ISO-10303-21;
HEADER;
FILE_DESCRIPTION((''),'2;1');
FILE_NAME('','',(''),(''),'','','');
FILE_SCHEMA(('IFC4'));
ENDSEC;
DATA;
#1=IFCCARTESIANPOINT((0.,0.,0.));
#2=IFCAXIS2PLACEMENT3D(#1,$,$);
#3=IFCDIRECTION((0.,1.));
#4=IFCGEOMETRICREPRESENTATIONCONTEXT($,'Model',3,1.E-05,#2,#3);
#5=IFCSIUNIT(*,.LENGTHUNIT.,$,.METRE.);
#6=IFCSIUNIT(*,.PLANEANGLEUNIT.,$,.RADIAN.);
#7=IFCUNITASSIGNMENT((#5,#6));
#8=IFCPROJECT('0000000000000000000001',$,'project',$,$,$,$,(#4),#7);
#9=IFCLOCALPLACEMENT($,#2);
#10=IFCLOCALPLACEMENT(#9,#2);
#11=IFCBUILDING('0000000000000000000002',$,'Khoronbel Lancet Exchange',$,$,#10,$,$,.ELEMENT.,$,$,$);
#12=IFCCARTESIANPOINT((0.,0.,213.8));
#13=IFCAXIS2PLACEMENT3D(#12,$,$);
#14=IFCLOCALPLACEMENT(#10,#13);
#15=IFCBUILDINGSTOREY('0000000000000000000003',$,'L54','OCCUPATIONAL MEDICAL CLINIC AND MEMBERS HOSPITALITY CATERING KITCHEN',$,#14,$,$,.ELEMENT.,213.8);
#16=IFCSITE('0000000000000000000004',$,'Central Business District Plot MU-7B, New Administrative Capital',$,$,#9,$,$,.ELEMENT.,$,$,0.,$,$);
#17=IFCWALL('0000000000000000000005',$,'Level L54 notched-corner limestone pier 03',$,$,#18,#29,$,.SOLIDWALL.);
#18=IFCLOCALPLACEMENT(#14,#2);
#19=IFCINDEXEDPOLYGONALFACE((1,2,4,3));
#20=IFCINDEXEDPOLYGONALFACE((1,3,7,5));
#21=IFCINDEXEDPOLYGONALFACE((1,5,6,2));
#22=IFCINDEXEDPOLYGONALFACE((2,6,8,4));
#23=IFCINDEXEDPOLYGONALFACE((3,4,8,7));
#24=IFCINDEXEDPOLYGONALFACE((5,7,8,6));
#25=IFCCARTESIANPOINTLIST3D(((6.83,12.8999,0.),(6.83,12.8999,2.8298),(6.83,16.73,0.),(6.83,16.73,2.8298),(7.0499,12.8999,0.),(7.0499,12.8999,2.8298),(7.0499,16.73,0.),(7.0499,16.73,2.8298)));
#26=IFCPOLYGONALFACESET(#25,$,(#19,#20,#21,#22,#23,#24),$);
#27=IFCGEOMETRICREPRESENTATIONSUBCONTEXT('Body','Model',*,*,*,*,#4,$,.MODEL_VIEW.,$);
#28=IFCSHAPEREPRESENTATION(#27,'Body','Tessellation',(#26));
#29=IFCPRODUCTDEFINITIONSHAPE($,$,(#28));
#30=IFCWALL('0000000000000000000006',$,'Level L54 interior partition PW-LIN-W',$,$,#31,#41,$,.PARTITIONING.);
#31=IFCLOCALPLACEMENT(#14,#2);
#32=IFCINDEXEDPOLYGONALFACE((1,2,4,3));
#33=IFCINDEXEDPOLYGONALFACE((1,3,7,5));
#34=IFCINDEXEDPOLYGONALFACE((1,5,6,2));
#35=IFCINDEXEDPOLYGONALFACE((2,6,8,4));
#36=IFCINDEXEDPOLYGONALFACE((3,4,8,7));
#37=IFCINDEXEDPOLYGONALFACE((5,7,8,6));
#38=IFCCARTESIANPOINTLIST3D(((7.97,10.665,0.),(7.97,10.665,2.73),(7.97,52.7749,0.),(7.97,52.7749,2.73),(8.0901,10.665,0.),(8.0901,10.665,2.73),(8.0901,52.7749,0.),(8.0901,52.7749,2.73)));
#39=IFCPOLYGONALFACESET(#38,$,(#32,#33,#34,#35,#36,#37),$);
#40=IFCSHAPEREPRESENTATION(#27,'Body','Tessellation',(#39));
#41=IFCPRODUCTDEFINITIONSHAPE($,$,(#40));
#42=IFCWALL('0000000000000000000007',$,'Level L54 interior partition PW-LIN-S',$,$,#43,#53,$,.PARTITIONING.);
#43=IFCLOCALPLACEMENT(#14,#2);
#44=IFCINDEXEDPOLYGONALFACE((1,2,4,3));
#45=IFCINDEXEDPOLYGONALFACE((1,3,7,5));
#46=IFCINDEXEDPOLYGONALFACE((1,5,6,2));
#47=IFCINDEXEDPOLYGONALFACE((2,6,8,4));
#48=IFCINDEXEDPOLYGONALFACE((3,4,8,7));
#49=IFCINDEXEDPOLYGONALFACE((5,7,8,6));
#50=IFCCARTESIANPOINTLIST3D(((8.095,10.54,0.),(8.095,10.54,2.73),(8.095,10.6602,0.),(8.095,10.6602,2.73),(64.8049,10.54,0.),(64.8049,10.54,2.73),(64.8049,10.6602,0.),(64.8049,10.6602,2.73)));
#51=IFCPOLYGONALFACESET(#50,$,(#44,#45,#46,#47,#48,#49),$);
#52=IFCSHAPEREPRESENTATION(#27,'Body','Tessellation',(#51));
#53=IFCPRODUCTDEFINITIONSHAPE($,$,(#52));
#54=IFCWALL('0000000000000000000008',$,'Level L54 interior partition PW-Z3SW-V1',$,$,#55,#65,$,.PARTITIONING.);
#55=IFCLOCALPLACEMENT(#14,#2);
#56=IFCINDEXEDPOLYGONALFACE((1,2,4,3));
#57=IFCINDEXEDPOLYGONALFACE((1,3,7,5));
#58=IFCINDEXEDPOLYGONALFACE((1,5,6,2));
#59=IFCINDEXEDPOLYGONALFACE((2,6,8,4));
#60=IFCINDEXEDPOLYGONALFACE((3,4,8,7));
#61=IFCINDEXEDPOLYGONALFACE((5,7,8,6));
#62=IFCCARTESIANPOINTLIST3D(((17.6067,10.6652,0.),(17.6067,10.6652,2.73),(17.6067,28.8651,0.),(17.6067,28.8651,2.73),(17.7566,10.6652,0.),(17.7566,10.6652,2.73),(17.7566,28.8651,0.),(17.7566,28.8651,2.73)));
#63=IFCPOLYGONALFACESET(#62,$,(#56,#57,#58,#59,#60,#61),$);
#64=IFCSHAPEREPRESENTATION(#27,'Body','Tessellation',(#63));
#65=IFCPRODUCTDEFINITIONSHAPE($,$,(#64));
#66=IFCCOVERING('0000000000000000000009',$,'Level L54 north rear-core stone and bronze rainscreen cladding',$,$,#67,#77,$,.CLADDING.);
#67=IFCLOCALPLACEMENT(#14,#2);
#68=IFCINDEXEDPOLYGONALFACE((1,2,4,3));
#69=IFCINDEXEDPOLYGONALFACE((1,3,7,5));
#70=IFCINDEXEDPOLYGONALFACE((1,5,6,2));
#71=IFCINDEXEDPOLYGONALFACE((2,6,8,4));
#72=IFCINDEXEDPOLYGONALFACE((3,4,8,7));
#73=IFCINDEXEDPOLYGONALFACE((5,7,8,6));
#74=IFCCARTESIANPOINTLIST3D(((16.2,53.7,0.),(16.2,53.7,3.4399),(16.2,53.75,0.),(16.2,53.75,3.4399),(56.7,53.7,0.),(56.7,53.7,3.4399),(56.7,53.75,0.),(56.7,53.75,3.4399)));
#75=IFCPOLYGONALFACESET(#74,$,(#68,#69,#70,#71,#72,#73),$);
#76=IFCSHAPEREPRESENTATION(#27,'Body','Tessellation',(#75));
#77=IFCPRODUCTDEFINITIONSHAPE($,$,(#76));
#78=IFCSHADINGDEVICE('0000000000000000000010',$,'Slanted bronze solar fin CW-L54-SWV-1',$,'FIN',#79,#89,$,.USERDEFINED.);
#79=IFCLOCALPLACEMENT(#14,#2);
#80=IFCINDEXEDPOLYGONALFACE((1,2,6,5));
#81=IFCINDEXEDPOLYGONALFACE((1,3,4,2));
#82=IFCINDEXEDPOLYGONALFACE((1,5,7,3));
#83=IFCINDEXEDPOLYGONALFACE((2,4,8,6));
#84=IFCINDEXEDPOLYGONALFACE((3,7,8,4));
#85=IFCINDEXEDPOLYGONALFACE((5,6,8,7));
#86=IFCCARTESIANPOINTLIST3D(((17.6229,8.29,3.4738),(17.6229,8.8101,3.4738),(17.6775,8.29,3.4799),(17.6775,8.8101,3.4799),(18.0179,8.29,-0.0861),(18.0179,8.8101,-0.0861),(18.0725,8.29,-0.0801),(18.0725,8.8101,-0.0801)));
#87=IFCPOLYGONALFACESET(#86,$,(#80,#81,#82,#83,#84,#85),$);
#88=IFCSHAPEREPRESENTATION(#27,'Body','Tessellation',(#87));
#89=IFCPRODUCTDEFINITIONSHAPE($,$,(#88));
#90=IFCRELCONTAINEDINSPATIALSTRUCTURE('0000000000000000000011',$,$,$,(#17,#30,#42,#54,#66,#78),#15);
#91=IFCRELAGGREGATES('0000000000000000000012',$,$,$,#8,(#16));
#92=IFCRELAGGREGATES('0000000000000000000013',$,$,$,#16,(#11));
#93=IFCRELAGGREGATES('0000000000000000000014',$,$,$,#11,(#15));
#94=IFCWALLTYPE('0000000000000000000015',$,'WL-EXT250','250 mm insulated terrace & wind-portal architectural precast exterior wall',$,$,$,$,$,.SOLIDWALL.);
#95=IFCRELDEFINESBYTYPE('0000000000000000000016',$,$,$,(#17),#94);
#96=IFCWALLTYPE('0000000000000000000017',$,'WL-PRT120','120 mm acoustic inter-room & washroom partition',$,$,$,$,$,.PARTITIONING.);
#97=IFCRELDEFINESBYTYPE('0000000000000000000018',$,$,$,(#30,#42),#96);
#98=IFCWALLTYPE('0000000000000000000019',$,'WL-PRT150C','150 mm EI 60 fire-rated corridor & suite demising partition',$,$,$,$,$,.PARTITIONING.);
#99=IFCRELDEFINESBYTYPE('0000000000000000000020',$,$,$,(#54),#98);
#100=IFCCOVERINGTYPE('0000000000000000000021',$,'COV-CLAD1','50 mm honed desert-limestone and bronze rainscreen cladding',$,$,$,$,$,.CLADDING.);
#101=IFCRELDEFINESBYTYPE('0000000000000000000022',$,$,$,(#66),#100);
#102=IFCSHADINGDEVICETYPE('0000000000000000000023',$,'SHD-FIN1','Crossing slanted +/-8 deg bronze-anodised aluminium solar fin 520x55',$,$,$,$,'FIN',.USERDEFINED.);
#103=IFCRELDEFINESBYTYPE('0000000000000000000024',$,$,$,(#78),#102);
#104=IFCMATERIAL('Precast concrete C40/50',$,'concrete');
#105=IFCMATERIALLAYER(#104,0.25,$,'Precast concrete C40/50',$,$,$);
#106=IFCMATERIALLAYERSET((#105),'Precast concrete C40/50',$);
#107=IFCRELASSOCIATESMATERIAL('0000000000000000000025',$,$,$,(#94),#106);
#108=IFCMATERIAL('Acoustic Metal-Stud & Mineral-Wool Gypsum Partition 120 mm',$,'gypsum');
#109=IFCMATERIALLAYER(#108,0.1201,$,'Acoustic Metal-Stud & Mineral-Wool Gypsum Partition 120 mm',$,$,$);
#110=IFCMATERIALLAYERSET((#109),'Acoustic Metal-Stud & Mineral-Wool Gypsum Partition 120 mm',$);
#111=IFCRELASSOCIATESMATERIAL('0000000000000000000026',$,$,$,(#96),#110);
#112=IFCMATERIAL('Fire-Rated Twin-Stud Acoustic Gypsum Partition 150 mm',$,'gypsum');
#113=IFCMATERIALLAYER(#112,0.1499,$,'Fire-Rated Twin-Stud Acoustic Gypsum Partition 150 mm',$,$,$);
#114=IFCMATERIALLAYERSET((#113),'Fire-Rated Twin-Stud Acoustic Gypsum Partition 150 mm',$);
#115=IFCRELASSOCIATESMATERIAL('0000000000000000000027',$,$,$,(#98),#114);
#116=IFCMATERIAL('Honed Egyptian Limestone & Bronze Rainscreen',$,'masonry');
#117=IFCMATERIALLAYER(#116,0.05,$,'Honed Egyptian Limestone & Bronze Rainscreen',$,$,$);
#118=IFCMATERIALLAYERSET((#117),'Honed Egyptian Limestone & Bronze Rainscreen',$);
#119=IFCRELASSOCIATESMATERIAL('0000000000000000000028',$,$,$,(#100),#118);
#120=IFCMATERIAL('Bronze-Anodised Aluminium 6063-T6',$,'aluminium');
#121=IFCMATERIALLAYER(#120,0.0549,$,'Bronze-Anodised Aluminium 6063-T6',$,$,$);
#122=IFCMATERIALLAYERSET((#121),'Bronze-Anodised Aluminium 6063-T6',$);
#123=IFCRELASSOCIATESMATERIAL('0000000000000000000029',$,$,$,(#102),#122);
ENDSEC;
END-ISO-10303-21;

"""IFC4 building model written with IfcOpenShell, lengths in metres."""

from ifc_helpers import new_model, si_unit, direction, frame, frame_2d, origin, place, context, subcontext, project, spatial, polyline, rectangle, outline, extrude, material, layer, layer_set, type_object, element, save


model = new_model("IFC4")

# Units and contexts
model_context = context("Model", 3, precision=1e-05, world=origin(), true_north=direction((0.0, 1.0)))
body_context = subcontext(model_context, "Body", "Model", "MODEL_VIEW")
ifc_project = project(units=[si_unit("LENGTHUNIT", "METRE"), si_unit("PLANEANGLEUNIT", "RADIAN")], contexts=[model_context])

# Site, building, storey
site_placement = place(None, origin())
site = spatial("IfcSite", under=ifc_project, at=site_placement, Name="Central Business District Plot MU-7B, New Administrative Capital", CompositionType="ELEMENT", RefElevation=0.0)
building_placement = place(site_placement, origin())
building = spatial("IfcBuilding", under=site, at=building_placement, Name="Khoronbel Lancet Exchange", CompositionType="ELEMENT")
storey_placement = place(building_placement, frame((0.0, 0.0, 213.8)))
storey = spatial("IfcBuildingStorey", under=building, at=storey_placement, Name="L54", Description="OCCUPATIONAL MEDICAL CLINIC AND MEMBERS HOSPITALITY CATERING KITCHEN", CompositionType="ELEMENT", Elevation=213.8)

# Shared definitions
ifc_material_1 = material(Name="Bronze-Anodised Aluminium 6063-T6", Category="aluminium")

# Walls
ifc_material_2 = material(Name="Precast concrete C40/50", Category="concrete")
ifc_layer_1 = layer(ifc_material_2, 0.25, Name="Precast concrete C40/50")
ifc_layer_set_1 = layer_set([ifc_layer_1], Name="Precast concrete C40/50")
wall_type_1 = type_object("IfcWallType", Name="WL-EXT250", Description="250 mm insulated terrace & wind-portal architectural precast exterior wall", PredefinedType="SOLIDWALL", material=ifc_layer_set_1)
wall_1_placement = place(storey_placement, frame((6.9399, 12.8999, 0.0), z_axis=(0.0, 0.0, 1.0), x_axis=(0.0, 1.0, 0.0)))
element("IfcWall", 1, at=wall_1_placement, inside=storey, type_object=wall_type_1, Name="Level L54 notched-corner limestone pier 03", PredefinedType="SOLIDWALL", context=body_context, shape_type="SweptSolid", body=[
    extrude(rectangle(XDim=3.8301, YDim=0.22, at=frame_2d((1.915, 0.0))), origin(), (0.0, 0.0, 1.0), 2.8298),
])
ifc_material_3 = material(Name="Acoustic Metal-Stud & Mineral-Wool Gypsum Partition 120 mm", Category="gypsum")
ifc_layer_2 = layer(ifc_material_3, 0.1201, Name="Acoustic Metal-Stud & Mineral-Wool Gypsum Partition 120 mm")
ifc_layer_set_2 = layer_set([ifc_layer_2], Name="Acoustic Metal-Stud & Mineral-Wool Gypsum Partition 120 mm")
wall_type_2 = type_object("IfcWallType", Name="WL-PRT120", Description="120 mm acoustic inter-room & washroom partition", PredefinedType="PARTITIONING", material=ifc_layer_set_2)
wall_2_placement = place(storey_placement, frame((8.03, 10.665, 0.0), z_axis=(0.0, 0.0, 1.0), x_axis=(0.0, 1.0, 0.0)))
element("IfcWall", 2, at=wall_2_placement, inside=storey, type_object=wall_type_2, Name="Level L54 interior partition PW-LIN-W", PredefinedType="PARTITIONING", context=body_context, shape_type="SweptSolid", body=[
    extrude(rectangle(XDim=42.1099, YDim=0.1201, at=frame_2d((21.0549, 0.0))), origin(), (0.0, 0.0, 1.0), 2.73),
])
wall_3_placement = place(storey_placement, frame((8.095, 10.6001, 0.0), z_axis=(0.0, 0.0, 1.0), x_axis=(1.0, 0.0, 0.0)))
element("IfcWall", 3, at=wall_3_placement, inside=storey, type_object=wall_type_2, Name="Level L54 interior partition PW-LIN-S", PredefinedType="PARTITIONING", context=body_context, shape_type="SweptSolid", body=[
    extrude(rectangle(XDim=56.71, YDim=0.1201, at=frame_2d((28.355, 0.0))), origin(), (0.0, 0.0, 1.0), 2.73),
])
ifc_material_4 = material(Name="Fire-Rated Twin-Stud Acoustic Gypsum Partition 150 mm", Category="gypsum")
ifc_layer_3 = layer(ifc_material_4, 0.1499, Name="Fire-Rated Twin-Stud Acoustic Gypsum Partition 150 mm")
ifc_layer_set_3 = layer_set([ifc_layer_3], Name="Fire-Rated Twin-Stud Acoustic Gypsum Partition 150 mm")
wall_type_3 = type_object("IfcWallType", Name="WL-PRT150C", Description="150 mm EI 60 fire-rated corridor & suite demising partition", PredefinedType="PARTITIONING", material=ifc_layer_set_3)
wall_4_placement = place(storey_placement, frame((17.6816, 10.665, 0.0), z_axis=(0.0, 0.0, 1.0), x_axis=(0.0, 1.0, 0.0)))
element("IfcWall", 4, at=wall_4_placement, inside=storey, type_object=wall_type_3, Name="Level L54 interior partition PW-Z3SW-V1", PredefinedType="PARTITIONING", context=body_context, shape_type="SweptSolid", body=[
    extrude(rectangle(XDim=18.2, YDim=0.1499, at=frame_2d((9.1001, 0.0))), origin(), (0.0, 0.0, 1.0), 2.73),
])

# Covering
ifc_material_5 = material(Name="Honed Egyptian Limestone & Bronze Rainscreen", Category="masonry")
ifc_layer_4 = layer(ifc_material_5, 0.05, Name="Honed Egyptian Limestone & Bronze Rainscreen")
ifc_layer_set_4 = layer_set([ifc_layer_4], Name="Honed Egyptian Limestone & Bronze Rainscreen")
covering_type = type_object("IfcCoveringType", Name="COV-CLAD1", Description="50 mm honed desert-limestone and bronze rainscreen cladding", PredefinedType="CLADDING", material=ifc_layer_set_4)
covering_placement = place(storey_placement, origin())
element("IfcCovering", 5, at=covering_placement, inside=storey, type_object=covering_type, Name="Level L54 north rear-core stone and bronze rainscreen cladding", PredefinedType="CLADDING", context=body_context, shape_type="SweptSolid", body=[
    extrude(outline(polyline([(16.2, 53.7), (56.7, 53.7), (56.7, 53.75), (16.2, 53.75), (16.2, 53.7)])), origin(), (0.0, 0.0, 1.0), 3.4399),
])

# Shading device
ifc_layer_5 = layer(ifc_material_1, 0.0549, Name="Bronze-Anodised Aluminium 6063-T6")
ifc_layer_set_5 = layer_set([ifc_layer_5], Name="Bronze-Anodised Aluminium 6063-T6")
shading_device_type = type_object("IfcShadingDeviceType", Name="SHD-FIN1", Description="Crossing slanted +/-8 deg bronze-anodised aluminium solar fin 520x55", ElementType="FIN", PredefinedType="USERDEFINED", material=ifc_layer_set_5)
shading_device_placement = place(storey_placement, frame((18.0725, 8.8101, -0.0801), z_axis=(0.9939, 0.0, 0.110282), x_axis=(0.0, -1.0, 0.0)))
element("IfcShadingDevice", 6, at=shading_device_placement, inside=storey, type_object=shading_device_type, Name="Slanted bronze solar fin CW-L54-SWV-1", ObjectType="FIN", PredefinedType="USERDEFINED", context=body_context, shape_type="SweptSolid", body=[
    extrude(outline(polyline([(0.0, 0.0), (0.52, 0.0), (0.52, -3.5818), (0.0, -3.5818), (0.0, 0.0)])), origin(), (0.0, 0.0, -1.0), 0.0549),
])

save(model, "model.ifc")
